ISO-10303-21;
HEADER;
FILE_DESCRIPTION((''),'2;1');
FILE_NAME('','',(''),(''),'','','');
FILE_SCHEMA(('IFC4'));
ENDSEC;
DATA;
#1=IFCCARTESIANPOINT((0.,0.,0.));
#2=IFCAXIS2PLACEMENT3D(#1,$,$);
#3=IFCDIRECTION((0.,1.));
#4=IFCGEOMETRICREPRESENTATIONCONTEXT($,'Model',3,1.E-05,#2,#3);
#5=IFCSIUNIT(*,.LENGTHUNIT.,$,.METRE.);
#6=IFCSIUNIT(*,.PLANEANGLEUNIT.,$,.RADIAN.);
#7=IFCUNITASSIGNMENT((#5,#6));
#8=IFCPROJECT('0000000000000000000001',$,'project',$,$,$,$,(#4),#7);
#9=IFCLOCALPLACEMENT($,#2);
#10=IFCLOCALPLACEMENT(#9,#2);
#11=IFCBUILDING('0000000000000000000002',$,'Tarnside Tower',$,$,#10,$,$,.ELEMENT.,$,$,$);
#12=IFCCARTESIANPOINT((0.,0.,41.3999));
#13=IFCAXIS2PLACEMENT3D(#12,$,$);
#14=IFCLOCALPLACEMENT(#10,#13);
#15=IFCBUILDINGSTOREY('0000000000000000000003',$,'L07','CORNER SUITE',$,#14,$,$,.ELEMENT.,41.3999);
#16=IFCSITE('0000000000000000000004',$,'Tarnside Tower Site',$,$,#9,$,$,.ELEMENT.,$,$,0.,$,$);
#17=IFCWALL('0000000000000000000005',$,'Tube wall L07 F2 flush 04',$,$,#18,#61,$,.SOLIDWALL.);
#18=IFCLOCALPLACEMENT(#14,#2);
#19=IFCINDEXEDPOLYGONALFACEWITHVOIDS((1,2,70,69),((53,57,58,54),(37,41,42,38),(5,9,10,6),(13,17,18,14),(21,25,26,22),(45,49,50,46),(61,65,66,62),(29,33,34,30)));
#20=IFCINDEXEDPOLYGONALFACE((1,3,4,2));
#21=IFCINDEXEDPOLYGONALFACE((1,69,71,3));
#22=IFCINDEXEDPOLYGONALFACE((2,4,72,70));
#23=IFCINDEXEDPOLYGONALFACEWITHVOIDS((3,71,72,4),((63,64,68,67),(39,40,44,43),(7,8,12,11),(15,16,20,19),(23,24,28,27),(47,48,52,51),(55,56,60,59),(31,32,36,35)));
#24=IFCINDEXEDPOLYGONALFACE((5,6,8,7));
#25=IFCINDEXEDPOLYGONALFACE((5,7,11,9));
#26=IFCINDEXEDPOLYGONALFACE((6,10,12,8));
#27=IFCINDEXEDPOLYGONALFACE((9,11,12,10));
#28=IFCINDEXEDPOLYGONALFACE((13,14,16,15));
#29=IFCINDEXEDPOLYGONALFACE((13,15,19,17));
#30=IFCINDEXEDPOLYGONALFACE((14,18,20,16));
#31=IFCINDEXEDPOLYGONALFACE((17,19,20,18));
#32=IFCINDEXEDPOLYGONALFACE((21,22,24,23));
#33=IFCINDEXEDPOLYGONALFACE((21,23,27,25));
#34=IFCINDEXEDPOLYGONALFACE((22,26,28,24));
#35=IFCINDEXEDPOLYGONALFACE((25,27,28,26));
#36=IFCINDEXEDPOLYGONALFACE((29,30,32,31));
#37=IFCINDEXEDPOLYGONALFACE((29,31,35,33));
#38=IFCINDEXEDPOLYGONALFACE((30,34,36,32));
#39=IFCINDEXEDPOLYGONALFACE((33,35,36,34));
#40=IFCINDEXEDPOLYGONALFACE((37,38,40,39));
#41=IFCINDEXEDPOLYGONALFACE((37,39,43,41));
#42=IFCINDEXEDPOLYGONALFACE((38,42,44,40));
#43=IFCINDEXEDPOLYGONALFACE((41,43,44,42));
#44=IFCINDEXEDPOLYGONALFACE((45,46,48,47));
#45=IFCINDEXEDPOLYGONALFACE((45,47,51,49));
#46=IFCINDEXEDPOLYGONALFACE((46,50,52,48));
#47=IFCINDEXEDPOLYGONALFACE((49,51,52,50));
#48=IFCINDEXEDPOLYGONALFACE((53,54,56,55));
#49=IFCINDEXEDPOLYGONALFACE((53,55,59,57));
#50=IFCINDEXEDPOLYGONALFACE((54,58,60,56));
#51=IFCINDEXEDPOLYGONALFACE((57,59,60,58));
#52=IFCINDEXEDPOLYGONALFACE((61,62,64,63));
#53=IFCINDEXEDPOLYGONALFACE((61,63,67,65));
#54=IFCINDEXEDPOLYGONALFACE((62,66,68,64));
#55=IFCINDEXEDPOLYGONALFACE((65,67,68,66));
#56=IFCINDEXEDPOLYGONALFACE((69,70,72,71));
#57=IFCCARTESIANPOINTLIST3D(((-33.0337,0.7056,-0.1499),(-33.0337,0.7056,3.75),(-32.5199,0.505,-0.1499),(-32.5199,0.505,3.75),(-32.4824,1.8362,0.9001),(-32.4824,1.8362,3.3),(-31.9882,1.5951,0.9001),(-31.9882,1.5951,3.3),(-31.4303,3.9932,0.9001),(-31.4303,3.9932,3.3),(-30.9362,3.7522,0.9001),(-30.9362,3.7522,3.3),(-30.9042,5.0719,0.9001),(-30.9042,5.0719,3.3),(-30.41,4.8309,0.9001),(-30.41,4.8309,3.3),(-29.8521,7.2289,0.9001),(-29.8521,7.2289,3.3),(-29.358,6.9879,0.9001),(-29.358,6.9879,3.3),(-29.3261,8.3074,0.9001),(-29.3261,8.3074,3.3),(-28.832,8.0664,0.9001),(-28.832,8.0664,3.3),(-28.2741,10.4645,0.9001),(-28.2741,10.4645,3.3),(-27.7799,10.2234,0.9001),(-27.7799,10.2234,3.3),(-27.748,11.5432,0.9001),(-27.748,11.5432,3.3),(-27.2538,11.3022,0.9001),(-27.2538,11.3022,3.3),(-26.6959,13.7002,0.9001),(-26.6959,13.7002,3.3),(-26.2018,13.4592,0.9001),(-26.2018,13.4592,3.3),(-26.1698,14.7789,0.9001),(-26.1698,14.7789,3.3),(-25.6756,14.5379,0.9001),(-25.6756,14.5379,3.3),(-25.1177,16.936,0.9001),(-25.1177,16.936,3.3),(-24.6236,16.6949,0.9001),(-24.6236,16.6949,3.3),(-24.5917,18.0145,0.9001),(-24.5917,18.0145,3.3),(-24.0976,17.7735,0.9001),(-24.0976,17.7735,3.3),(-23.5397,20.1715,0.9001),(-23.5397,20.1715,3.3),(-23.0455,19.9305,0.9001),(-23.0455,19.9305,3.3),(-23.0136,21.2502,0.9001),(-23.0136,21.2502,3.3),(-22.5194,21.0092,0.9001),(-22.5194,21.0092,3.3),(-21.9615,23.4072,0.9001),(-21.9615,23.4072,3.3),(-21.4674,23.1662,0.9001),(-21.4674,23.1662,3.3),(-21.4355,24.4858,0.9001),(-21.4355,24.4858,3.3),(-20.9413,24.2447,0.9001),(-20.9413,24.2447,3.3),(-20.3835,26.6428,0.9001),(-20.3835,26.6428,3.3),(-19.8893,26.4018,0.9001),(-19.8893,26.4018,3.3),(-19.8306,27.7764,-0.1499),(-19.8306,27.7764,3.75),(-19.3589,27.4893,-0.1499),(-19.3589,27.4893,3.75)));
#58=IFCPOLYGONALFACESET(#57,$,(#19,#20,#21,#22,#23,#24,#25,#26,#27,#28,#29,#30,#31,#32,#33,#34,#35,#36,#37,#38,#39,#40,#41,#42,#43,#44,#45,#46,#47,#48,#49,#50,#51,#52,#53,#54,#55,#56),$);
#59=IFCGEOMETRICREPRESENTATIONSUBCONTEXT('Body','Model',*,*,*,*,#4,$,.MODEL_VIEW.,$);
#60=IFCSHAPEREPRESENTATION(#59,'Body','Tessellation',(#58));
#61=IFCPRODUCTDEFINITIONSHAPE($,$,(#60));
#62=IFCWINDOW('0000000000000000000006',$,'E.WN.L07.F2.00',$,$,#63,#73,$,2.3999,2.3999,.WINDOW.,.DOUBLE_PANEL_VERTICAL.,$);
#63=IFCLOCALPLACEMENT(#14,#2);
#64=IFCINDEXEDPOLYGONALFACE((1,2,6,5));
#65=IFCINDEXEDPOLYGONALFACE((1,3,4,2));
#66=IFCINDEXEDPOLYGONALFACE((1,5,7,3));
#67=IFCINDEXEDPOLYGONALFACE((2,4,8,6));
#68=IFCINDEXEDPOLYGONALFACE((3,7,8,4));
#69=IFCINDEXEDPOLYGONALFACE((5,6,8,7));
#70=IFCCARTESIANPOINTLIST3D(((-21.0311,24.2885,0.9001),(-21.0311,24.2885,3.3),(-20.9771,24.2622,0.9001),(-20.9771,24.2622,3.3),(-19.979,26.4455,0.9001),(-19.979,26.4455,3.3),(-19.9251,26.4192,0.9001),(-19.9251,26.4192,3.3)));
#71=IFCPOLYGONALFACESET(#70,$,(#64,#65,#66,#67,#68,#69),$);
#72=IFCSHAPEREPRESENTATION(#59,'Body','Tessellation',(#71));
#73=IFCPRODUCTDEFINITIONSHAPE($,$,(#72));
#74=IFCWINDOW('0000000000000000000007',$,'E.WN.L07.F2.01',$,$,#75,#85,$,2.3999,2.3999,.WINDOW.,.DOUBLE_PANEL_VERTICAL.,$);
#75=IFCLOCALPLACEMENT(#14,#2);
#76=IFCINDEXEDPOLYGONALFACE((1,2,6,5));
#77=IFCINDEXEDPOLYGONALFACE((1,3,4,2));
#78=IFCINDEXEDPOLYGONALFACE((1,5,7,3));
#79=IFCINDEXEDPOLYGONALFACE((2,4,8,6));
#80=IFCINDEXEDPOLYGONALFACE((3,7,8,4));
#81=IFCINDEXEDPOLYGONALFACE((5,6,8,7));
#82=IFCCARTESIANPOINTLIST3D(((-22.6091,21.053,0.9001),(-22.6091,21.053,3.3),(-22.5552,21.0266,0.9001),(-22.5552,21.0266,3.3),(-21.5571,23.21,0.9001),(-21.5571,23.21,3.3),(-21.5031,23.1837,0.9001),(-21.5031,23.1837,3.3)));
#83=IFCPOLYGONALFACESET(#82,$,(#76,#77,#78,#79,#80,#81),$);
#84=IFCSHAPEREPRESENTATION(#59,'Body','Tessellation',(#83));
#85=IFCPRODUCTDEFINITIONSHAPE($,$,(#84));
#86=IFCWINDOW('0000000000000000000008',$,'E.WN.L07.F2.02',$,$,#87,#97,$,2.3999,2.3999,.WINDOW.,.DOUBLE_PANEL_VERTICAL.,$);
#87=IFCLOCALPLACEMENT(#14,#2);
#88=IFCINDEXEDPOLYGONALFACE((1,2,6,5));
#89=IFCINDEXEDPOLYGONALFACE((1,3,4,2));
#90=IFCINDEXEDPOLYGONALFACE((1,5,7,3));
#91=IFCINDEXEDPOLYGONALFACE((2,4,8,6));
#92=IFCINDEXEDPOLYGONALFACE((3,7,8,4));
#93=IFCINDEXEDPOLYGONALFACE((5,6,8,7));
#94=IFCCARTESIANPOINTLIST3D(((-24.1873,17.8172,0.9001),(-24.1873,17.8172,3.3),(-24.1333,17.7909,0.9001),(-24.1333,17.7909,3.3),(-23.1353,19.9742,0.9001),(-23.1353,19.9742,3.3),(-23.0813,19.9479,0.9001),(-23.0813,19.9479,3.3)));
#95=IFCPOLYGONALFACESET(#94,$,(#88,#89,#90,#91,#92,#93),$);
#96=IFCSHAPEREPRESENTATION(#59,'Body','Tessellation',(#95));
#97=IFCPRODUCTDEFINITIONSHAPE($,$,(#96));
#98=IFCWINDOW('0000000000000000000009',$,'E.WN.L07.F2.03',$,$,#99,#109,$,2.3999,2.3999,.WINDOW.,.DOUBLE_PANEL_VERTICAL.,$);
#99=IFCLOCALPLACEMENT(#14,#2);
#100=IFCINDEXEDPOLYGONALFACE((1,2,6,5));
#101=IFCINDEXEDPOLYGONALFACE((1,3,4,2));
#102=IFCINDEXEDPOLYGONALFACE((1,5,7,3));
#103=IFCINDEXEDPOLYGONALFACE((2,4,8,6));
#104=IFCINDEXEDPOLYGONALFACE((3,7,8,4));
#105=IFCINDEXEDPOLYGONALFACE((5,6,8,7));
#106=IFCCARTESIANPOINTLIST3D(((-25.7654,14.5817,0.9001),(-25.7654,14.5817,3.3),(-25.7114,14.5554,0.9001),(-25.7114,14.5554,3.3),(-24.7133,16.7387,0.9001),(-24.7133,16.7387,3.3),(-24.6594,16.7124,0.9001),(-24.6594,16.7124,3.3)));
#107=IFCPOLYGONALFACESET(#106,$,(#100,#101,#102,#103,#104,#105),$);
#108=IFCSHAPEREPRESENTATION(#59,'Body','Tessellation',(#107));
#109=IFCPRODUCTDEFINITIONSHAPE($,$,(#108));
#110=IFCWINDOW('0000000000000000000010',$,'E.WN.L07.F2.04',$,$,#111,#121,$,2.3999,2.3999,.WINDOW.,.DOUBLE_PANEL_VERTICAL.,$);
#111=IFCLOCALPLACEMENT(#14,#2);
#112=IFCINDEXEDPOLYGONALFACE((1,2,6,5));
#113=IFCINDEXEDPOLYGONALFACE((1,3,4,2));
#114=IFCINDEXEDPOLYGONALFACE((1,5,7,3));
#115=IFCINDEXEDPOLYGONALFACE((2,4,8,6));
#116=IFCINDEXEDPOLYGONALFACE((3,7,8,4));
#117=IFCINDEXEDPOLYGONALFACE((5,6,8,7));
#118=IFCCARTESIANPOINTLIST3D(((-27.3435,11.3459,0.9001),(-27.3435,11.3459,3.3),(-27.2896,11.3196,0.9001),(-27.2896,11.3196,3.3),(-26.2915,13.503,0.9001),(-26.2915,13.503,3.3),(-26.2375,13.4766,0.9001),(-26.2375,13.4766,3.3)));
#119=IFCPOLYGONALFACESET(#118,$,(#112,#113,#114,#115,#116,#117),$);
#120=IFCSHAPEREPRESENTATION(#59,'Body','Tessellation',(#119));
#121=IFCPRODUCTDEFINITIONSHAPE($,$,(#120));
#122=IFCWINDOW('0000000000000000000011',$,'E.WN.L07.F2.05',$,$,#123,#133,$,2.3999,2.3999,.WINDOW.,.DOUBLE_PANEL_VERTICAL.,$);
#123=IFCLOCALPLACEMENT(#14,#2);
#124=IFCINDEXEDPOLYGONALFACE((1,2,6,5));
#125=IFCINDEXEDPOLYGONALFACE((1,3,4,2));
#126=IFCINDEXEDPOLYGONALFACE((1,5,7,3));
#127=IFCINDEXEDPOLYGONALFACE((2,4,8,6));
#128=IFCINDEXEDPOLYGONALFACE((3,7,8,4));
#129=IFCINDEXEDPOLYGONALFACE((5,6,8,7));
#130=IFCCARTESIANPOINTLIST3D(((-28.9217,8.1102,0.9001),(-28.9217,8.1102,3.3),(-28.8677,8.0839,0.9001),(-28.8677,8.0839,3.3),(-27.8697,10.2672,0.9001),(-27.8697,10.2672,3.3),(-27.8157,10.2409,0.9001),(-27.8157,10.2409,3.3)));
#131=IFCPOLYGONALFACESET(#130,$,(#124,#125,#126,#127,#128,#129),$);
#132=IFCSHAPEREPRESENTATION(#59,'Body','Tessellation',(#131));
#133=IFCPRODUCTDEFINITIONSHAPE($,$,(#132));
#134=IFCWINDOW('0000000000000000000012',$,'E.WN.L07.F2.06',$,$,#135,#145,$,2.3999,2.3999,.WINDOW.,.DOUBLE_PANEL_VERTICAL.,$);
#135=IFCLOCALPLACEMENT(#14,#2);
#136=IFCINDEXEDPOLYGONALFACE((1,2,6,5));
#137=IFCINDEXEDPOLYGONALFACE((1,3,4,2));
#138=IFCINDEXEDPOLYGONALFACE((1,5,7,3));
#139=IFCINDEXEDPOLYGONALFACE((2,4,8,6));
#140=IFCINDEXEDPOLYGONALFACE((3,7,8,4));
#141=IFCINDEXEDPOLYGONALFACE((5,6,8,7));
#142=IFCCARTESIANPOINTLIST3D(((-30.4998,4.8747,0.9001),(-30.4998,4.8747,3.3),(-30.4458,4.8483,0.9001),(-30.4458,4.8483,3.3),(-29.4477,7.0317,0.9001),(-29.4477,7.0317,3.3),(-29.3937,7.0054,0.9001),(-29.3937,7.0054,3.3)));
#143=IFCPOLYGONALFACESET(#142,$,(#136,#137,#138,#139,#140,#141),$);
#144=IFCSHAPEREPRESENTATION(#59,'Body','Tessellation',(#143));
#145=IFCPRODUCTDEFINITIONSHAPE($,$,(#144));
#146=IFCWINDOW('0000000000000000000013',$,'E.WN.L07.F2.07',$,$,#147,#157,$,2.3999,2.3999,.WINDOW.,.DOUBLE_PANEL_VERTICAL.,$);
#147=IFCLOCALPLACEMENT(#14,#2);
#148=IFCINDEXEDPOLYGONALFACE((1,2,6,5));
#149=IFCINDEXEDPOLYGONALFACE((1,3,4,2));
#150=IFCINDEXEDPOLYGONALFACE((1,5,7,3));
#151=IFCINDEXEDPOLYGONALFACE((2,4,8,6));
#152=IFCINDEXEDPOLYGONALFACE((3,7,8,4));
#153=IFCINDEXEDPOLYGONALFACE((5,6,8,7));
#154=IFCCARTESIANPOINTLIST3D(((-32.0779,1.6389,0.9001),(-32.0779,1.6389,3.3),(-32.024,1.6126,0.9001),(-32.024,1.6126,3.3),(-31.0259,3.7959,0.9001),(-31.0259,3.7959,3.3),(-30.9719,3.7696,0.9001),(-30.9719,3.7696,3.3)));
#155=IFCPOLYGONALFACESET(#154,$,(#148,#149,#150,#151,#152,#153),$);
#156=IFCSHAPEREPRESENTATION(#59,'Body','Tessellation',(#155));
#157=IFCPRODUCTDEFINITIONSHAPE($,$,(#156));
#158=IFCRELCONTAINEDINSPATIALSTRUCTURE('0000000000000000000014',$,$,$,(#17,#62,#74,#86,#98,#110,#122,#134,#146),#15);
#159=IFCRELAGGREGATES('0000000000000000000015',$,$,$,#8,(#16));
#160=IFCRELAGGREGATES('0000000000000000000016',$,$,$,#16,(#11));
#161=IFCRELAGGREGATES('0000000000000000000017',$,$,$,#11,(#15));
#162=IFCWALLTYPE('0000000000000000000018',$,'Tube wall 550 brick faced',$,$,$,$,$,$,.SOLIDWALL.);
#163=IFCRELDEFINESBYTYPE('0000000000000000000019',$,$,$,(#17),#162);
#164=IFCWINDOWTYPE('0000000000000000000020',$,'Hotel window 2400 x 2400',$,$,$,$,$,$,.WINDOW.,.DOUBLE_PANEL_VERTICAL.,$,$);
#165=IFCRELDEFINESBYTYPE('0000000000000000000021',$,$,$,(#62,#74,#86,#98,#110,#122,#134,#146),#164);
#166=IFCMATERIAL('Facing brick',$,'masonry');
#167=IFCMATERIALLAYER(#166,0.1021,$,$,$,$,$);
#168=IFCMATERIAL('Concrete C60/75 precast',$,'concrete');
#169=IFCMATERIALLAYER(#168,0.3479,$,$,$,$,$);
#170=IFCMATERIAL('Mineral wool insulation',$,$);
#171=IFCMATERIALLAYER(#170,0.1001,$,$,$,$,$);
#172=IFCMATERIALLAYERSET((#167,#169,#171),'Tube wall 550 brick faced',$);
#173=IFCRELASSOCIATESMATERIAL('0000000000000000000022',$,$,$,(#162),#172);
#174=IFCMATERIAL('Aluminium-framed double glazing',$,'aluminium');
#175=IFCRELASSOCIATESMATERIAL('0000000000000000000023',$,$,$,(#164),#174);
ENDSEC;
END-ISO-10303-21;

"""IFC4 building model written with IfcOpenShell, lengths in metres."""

from ifc_helpers import new_model, si_unit, direction, frame, frame_2d, origin, place, context, subcontext, project, spatial, polyline, rectangle, outline, extrude, material, layer, layer_set, type_object, element, fill, save


model = new_model("IFC4")

# Units and contexts
model_context = context("Model", 3, precision=1e-05, world=origin(), true_north=direction((0.0, 1.0)))
body_context = subcontext(model_context, "Body", "Model", "MODEL_VIEW")
ifc_project = project(units=[si_unit("LENGTHUNIT", "METRE"), si_unit("PLANEANGLEUNIT", "RADIAN")], contexts=[model_context])

# Site, building, storey
site_placement = place(None, origin())
site = spatial("IfcSite", under=ifc_project, at=site_placement, Name="Tarnside Tower Site", CompositionType="ELEMENT", RefElevation=0.0)
building_placement = place(site_placement, origin())
building = spatial("IfcBuilding", under=site, at=building_placement, Name="Tarnside Tower", CompositionType="ELEMENT")
storey_placement = place(building_placement, frame((0.0, 0.0, 41.3999)))
storey = spatial("IfcBuildingStorey", under=building, at=storey_placement, Name="L07", Description="CORNER SUITE", CompositionType="ELEMENT", Elevation=41.3999)

# Shared definitions
ifc_material_1 = material(Name="Facing brick", Category="masonry")
ifc_layer_1 = layer(ifc_material_1, 0.1021)
ifc_material_2 = material(Name="Concrete C60/75 precast", Category="concrete")
ifc_layer_2 = layer(ifc_material_2, 0.3479)
ifc_material_3 = material(Name="Mineral wool insulation")
ifc_layer_3 = layer(ifc_material_3, 0.1001)
ifc_layer_set_1 = layer_set([ifc_layer_1, ifc_layer_2, ifc_layer_3], Name="Tube wall 550 brick faced")
wall_type_1 = type_object("IfcWallType", Name="Tube wall 550 brick faced", PredefinedType="SOLIDWALL", material=ifc_layer_set_1)

# Wall, openings, windows
wall_1_placement = place(storey_placement, frame((-19.5947, 27.6328, -0.1499), z_axis=(0.0, 0.0, 1.0), x_axis=(-0.438368, -0.898795, 0.0)))
wall_1 = element("IfcWall", 1, at=wall_1_placement, inside=storey, type_object=wall_type_1, Name="Tube wall L07 F2 flush 04", PredefinedType="SOLIDWALL", context=body_context, shape_type="SweptSolid", body=[
    extrude(outline(polyline([(-0.0256, -0.2749), (30.0933, -0.2749), (30.0483, 0.2749), (0.0256, 0.2749), (-0.0256, -0.2749)])), origin(), (0.0, 0.0, 1.0), 3.8999),
])
opening_1_placement = place(wall_1_placement, frame((1.2356, 0.0, 1.05)))
opening_1 = element("IfcOpeningElement", 2, at=opening_1_placement, cuts=wall_1, PredefinedType="OPENING", context=body_context, shape_type="SweptSolid", body=[
    extrude(rectangle(XDim=2.3999, YDim=2.3999, at=frame_2d((1.2, 1.2))), frame((0.0, 0.2852, 0.0), z_axis=(0.0, -1.0, 0.0), x_axis=(1.0, 0.0, 0.0)), (0.0, 0.0, 1.0), 0.5701),
])
opening_2_placement = place(wall_1_placement, frame((4.8354, 0.0, 1.05)))
opening_2 = element("IfcOpeningElement", 3, at=opening_2_placement, cuts=wall_1, PredefinedType="OPENING", context=body_context, shape_type="SweptSolid", body=[
    extrude(rectangle(XDim=2.3999, YDim=2.3999, at=frame_2d((1.2, 1.2))), frame((0.0, 0.2852, 0.0), z_axis=(0.0, -1.0, 0.0), x_axis=(1.0, 0.0, 0.0)), (0.0, 0.0, 1.0), 0.5701),
])
opening_3_placement = place(wall_1_placement, frame((8.4355, 0.0, 1.05)))
opening_3 = element("IfcOpeningElement", 4, at=opening_3_placement, cuts=wall_1, PredefinedType="OPENING", context=body_context, shape_type="SweptSolid", body=[
    extrude(rectangle(XDim=2.3999, YDim=2.3999, at=frame_2d((1.2, 1.2))), frame((0.0, 0.2852, 0.0), z_axis=(0.0, -1.0, 0.0), x_axis=(1.0, 0.0, 0.0)), (0.0, 0.0, 1.0), 0.5701),
])
opening_4_placement = place(wall_1_placement, frame((12.0354, 0.0, 1.05)))
opening_4 = element("IfcOpeningElement", 5, at=opening_4_placement, cuts=wall_1, PredefinedType="OPENING", context=body_context, shape_type="SweptSolid", body=[
    extrude(rectangle(XDim=2.3999, YDim=2.3999, at=frame_2d((1.2, 1.2))), frame((0.0, 0.2852, 0.0), z_axis=(0.0, -1.0, 0.0), x_axis=(1.0, 0.0, 0.0)), (0.0, 0.0, 1.0), 0.5701),
])
opening_5_placement = place(wall_1_placement, frame((15.6355, 0.0, 1.05)))
opening_5 = element("IfcOpeningElement", 6, at=opening_5_placement, cuts=wall_1, PredefinedType="OPENING", context=body_context, shape_type="SweptSolid", body=[
    extrude(rectangle(XDim=2.3999, YDim=2.3999, at=frame_2d((1.2, 1.2))), frame((0.0, 0.2852, 0.0), z_axis=(0.0, -1.0, 0.0), x_axis=(1.0, 0.0, 0.0)), (0.0, 0.0, 1.0), 0.5701),
])
opening_6_placement = place(wall_1_placement, frame((19.2356, 0.0, 1.05)))
opening_6 = element("IfcOpeningElement", 7, at=opening_6_placement, cuts=wall_1, PredefinedType="OPENING", context=body_context, shape_type="SweptSolid", body=[
    extrude(rectangle(XDim=2.3999, YDim=2.3999, at=frame_2d((1.2, 1.2))), frame((0.0, 0.2852, 0.0), z_axis=(0.0, -1.0, 0.0), x_axis=(1.0, 0.0, 0.0)), (0.0, 0.0, 1.0), 0.5701),
])
opening_7_placement = place(wall_1_placement, frame((22.8354, 0.0, 1.05)))
opening_7 = element("IfcOpeningElement", 8, at=opening_7_placement, cuts=wall_1, PredefinedType="OPENING", context=body_context, shape_type="SweptSolid", body=[
    extrude(rectangle(XDim=2.3999, YDim=2.3999, at=frame_2d((1.2, 1.2))), frame((0.0, 0.2852, 0.0), z_axis=(0.0, -1.0, 0.0), x_axis=(1.0, 0.0, 0.0)), (0.0, 0.0, 1.0), 0.5701),
])
opening_8_placement = place(wall_1_placement, frame((26.4355, 0.0, 1.05)))
opening_8 = element("IfcOpeningElement", 9, at=opening_8_placement, cuts=wall_1, PredefinedType="OPENING", context=body_context, shape_type="SweptSolid", body=[
    extrude(rectangle(XDim=2.3999, YDim=2.3999, at=frame_2d((1.2, 1.2))), frame((0.0, 0.2852, 0.0), z_axis=(0.0, -1.0, 0.0), x_axis=(1.0, 0.0, 0.0)), (0.0, 0.0, 1.0), 0.5701),
])
ifc_material_4 = material(Name="Aluminium-framed double glazing", Category="aluminium")
window_type = type_object("IfcWindowType", Name="Hotel window 2400 x 2400", PartitioningType="DOUBLE_PANEL_VERTICAL", PredefinedType="WINDOW", material=ifc_material_4)
window_1_placement = place(opening_1_placement, frame((0.0, 0.2051, 0.0)))
window_1 = element("IfcWindow", 10, at=window_1_placement, inside=storey, type_object=window_type, Name="E.WN.L07.F2.00", OverallHeight=2.3999, OverallWidth=2.3999, PartitioningType="DOUBLE_PANEL_VERTICAL", PredefinedType="WINDOW", context=body_context, shape_type="SweptSolid", body=[
    extrude(rectangle(XDim=2.3999, YDim=2.3999, at=frame_2d((1.2, 1.2))), frame((0.0, 0.03, 0.0), z_axis=(0.0, -1.0, 0.0), x_axis=(1.0, 0.0, 0.0)), (0.0, 0.0, 1.0), 0.0601),
])
fill(opening_1, window_1)
window_2_placement = place(opening_2_placement, frame((0.0, 0.2051, 0.0)))
window_2 = element("IfcWindow", 11, at=window_2_placement, inside=storey, type_object=window_type, Name="E.WN.L07.F2.01", OverallHeight=2.3999, OverallWidth=2.3999, PartitioningType="DOUBLE_PANEL_VERTICAL", PredefinedType="WINDOW", context=body_context, shape_type="SweptSolid", body=[
    extrude(rectangle(XDim=2.3999, YDim=2.3999, at=frame_2d((1.2, 1.2))), frame((0.0, 0.03, 0.0), z_axis=(0.0, -1.0, 0.0), x_axis=(1.0, 0.0, 0.0)), (0.0, 0.0, 1.0), 0.0601),
])
fill(opening_2, window_2)
window_3_placement = place(opening_3_placement, frame((0.0, 0.2051, 0.0)))
window_3 = element("IfcWindow", 12, at=window_3_placement, inside=storey, type_object=window_type, Name="E.WN.L07.F2.02", OverallHeight=2.3999, OverallWidth=2.3999, PartitioningType="DOUBLE_PANEL_VERTICAL", PredefinedType="WINDOW", context=body_context, shape_type="SweptSolid", body=[
    extrude(rectangle(XDim=2.3999, YDim=2.3999, at=frame_2d((1.2, 1.2))), frame((0.0, 0.03, 0.0), z_axis=(0.0, -1.0, 0.0), x_axis=(1.0, 0.0, 0.0)), (0.0, 0.0, 1.0), 0.0601),
])
fill(opening_3, window_3)
window_4_placement = place(opening_4_placement, frame((0.0, 0.2051, 0.0)))
window_4 = element("IfcWindow", 13, at=window_4_placement, inside=storey, type_object=window_type, Name="E.WN.L07.F2.03", OverallHeight=2.3999, OverallWidth=2.3999, PartitioningType="DOUBLE_PANEL_VERTICAL", PredefinedType="WINDOW", context=body_context, shape_type="SweptSolid", body=[
    extrude(rectangle(XDim=2.3999, YDim=2.3999, at=frame_2d((1.2, 1.2))), frame((0.0, 0.03, 0.0), z_axis=(0.0, -1.0, 0.0), x_axis=(1.0, 0.0, 0.0)), (0.0, 0.0, 1.0), 0.0601),
])
fill(opening_4, window_4)
window_5_placement = place(opening_5_placement, frame((0.0, 0.2051, 0.0)))
window_5 = element("IfcWindow", 14, at=window_5_placement, inside=storey, type_object=window_type, Name="E.WN.L07.F2.04", OverallHeight=2.3999, OverallWidth=2.3999, PartitioningType="DOUBLE_PANEL_VERTICAL", PredefinedType="WINDOW", context=body_context, shape_type="SweptSolid", body=[
    extrude(rectangle(XDim=2.3999, YDim=2.3999, at=frame_2d((1.2, 1.2))), frame((0.0, 0.03, 0.0), z_axis=(0.0, -1.0, 0.0), x_axis=(1.0, 0.0, 0.0)), (0.0, 0.0, 1.0), 0.0601),
])
fill(opening_5, window_5)
window_6_placement = place(opening_6_placement, frame((0.0, 0.2051, 0.0)))
window_6 = element("IfcWindow", 15, at=window_6_placement, inside=storey, type_object=window_type, Name="E.WN.L07.F2.05", OverallHeight=2.3999, OverallWidth=2.3999, PartitioningType="DOUBLE_PANEL_VERTICAL", PredefinedType="WINDOW", context=body_context, shape_type="SweptSolid", body=[
    extrude(rectangle(XDim=2.3999, YDim=2.3999, at=frame_2d((1.2, 1.2))), frame((0.0, 0.03, 0.0), z_axis=(0.0, -1.0, 0.0), x_axis=(1.0, 0.0, 0.0)), (0.0, 0.0, 1.0), 0.0601),
])
fill(opening_6, window_6)
window_7_placement = place(opening_7_placement, frame((0.0, 0.2051, 0.0)))
window_7 = element("IfcWindow", 16, at=window_7_placement, inside=storey, type_object=window_type, Name="E.WN.L07.F2.06", OverallHeight=2.3999, OverallWidth=2.3999, PartitioningType="DOUBLE_PANEL_VERTICAL", PredefinedType="WINDOW", context=body_context, shape_type="SweptSolid", body=[
    extrude(rectangle(XDim=2.3999, YDim=2.3999, at=frame_2d((1.2, 1.2))), frame((0.0, 0.03, 0.0), z_axis=(0.0, -1.0, 0.0), x_axis=(1.0, 0.0, 0.0)), (0.0, 0.0, 1.0), 0.0601),
])
fill(opening_7, window_7)
window_8_placement = place(opening_8_placement, frame((0.0, 0.2051, 0.0)))
window_8 = element("IfcWindow", 17, at=window_8_placement, inside=storey, type_object=window_type, Name="E.WN.L07.F2.07", OverallHeight=2.3999, OverallWidth=2.3999, PartitioningType="DOUBLE_PANEL_VERTICAL", PredefinedType="WINDOW", context=body_context, shape_type="SweptSolid", body=[
    extrude(rectangle(XDim=2.3999, YDim=2.3999, at=frame_2d((1.2, 1.2))), frame((0.0, 0.03, 0.0), z_axis=(0.0, -1.0, 0.0), x_axis=(1.0, 0.0, 0.0)), (0.0, 0.0, 1.0), 0.0601),
])
fill(opening_8, window_8)

save(model, "model.ifc")
